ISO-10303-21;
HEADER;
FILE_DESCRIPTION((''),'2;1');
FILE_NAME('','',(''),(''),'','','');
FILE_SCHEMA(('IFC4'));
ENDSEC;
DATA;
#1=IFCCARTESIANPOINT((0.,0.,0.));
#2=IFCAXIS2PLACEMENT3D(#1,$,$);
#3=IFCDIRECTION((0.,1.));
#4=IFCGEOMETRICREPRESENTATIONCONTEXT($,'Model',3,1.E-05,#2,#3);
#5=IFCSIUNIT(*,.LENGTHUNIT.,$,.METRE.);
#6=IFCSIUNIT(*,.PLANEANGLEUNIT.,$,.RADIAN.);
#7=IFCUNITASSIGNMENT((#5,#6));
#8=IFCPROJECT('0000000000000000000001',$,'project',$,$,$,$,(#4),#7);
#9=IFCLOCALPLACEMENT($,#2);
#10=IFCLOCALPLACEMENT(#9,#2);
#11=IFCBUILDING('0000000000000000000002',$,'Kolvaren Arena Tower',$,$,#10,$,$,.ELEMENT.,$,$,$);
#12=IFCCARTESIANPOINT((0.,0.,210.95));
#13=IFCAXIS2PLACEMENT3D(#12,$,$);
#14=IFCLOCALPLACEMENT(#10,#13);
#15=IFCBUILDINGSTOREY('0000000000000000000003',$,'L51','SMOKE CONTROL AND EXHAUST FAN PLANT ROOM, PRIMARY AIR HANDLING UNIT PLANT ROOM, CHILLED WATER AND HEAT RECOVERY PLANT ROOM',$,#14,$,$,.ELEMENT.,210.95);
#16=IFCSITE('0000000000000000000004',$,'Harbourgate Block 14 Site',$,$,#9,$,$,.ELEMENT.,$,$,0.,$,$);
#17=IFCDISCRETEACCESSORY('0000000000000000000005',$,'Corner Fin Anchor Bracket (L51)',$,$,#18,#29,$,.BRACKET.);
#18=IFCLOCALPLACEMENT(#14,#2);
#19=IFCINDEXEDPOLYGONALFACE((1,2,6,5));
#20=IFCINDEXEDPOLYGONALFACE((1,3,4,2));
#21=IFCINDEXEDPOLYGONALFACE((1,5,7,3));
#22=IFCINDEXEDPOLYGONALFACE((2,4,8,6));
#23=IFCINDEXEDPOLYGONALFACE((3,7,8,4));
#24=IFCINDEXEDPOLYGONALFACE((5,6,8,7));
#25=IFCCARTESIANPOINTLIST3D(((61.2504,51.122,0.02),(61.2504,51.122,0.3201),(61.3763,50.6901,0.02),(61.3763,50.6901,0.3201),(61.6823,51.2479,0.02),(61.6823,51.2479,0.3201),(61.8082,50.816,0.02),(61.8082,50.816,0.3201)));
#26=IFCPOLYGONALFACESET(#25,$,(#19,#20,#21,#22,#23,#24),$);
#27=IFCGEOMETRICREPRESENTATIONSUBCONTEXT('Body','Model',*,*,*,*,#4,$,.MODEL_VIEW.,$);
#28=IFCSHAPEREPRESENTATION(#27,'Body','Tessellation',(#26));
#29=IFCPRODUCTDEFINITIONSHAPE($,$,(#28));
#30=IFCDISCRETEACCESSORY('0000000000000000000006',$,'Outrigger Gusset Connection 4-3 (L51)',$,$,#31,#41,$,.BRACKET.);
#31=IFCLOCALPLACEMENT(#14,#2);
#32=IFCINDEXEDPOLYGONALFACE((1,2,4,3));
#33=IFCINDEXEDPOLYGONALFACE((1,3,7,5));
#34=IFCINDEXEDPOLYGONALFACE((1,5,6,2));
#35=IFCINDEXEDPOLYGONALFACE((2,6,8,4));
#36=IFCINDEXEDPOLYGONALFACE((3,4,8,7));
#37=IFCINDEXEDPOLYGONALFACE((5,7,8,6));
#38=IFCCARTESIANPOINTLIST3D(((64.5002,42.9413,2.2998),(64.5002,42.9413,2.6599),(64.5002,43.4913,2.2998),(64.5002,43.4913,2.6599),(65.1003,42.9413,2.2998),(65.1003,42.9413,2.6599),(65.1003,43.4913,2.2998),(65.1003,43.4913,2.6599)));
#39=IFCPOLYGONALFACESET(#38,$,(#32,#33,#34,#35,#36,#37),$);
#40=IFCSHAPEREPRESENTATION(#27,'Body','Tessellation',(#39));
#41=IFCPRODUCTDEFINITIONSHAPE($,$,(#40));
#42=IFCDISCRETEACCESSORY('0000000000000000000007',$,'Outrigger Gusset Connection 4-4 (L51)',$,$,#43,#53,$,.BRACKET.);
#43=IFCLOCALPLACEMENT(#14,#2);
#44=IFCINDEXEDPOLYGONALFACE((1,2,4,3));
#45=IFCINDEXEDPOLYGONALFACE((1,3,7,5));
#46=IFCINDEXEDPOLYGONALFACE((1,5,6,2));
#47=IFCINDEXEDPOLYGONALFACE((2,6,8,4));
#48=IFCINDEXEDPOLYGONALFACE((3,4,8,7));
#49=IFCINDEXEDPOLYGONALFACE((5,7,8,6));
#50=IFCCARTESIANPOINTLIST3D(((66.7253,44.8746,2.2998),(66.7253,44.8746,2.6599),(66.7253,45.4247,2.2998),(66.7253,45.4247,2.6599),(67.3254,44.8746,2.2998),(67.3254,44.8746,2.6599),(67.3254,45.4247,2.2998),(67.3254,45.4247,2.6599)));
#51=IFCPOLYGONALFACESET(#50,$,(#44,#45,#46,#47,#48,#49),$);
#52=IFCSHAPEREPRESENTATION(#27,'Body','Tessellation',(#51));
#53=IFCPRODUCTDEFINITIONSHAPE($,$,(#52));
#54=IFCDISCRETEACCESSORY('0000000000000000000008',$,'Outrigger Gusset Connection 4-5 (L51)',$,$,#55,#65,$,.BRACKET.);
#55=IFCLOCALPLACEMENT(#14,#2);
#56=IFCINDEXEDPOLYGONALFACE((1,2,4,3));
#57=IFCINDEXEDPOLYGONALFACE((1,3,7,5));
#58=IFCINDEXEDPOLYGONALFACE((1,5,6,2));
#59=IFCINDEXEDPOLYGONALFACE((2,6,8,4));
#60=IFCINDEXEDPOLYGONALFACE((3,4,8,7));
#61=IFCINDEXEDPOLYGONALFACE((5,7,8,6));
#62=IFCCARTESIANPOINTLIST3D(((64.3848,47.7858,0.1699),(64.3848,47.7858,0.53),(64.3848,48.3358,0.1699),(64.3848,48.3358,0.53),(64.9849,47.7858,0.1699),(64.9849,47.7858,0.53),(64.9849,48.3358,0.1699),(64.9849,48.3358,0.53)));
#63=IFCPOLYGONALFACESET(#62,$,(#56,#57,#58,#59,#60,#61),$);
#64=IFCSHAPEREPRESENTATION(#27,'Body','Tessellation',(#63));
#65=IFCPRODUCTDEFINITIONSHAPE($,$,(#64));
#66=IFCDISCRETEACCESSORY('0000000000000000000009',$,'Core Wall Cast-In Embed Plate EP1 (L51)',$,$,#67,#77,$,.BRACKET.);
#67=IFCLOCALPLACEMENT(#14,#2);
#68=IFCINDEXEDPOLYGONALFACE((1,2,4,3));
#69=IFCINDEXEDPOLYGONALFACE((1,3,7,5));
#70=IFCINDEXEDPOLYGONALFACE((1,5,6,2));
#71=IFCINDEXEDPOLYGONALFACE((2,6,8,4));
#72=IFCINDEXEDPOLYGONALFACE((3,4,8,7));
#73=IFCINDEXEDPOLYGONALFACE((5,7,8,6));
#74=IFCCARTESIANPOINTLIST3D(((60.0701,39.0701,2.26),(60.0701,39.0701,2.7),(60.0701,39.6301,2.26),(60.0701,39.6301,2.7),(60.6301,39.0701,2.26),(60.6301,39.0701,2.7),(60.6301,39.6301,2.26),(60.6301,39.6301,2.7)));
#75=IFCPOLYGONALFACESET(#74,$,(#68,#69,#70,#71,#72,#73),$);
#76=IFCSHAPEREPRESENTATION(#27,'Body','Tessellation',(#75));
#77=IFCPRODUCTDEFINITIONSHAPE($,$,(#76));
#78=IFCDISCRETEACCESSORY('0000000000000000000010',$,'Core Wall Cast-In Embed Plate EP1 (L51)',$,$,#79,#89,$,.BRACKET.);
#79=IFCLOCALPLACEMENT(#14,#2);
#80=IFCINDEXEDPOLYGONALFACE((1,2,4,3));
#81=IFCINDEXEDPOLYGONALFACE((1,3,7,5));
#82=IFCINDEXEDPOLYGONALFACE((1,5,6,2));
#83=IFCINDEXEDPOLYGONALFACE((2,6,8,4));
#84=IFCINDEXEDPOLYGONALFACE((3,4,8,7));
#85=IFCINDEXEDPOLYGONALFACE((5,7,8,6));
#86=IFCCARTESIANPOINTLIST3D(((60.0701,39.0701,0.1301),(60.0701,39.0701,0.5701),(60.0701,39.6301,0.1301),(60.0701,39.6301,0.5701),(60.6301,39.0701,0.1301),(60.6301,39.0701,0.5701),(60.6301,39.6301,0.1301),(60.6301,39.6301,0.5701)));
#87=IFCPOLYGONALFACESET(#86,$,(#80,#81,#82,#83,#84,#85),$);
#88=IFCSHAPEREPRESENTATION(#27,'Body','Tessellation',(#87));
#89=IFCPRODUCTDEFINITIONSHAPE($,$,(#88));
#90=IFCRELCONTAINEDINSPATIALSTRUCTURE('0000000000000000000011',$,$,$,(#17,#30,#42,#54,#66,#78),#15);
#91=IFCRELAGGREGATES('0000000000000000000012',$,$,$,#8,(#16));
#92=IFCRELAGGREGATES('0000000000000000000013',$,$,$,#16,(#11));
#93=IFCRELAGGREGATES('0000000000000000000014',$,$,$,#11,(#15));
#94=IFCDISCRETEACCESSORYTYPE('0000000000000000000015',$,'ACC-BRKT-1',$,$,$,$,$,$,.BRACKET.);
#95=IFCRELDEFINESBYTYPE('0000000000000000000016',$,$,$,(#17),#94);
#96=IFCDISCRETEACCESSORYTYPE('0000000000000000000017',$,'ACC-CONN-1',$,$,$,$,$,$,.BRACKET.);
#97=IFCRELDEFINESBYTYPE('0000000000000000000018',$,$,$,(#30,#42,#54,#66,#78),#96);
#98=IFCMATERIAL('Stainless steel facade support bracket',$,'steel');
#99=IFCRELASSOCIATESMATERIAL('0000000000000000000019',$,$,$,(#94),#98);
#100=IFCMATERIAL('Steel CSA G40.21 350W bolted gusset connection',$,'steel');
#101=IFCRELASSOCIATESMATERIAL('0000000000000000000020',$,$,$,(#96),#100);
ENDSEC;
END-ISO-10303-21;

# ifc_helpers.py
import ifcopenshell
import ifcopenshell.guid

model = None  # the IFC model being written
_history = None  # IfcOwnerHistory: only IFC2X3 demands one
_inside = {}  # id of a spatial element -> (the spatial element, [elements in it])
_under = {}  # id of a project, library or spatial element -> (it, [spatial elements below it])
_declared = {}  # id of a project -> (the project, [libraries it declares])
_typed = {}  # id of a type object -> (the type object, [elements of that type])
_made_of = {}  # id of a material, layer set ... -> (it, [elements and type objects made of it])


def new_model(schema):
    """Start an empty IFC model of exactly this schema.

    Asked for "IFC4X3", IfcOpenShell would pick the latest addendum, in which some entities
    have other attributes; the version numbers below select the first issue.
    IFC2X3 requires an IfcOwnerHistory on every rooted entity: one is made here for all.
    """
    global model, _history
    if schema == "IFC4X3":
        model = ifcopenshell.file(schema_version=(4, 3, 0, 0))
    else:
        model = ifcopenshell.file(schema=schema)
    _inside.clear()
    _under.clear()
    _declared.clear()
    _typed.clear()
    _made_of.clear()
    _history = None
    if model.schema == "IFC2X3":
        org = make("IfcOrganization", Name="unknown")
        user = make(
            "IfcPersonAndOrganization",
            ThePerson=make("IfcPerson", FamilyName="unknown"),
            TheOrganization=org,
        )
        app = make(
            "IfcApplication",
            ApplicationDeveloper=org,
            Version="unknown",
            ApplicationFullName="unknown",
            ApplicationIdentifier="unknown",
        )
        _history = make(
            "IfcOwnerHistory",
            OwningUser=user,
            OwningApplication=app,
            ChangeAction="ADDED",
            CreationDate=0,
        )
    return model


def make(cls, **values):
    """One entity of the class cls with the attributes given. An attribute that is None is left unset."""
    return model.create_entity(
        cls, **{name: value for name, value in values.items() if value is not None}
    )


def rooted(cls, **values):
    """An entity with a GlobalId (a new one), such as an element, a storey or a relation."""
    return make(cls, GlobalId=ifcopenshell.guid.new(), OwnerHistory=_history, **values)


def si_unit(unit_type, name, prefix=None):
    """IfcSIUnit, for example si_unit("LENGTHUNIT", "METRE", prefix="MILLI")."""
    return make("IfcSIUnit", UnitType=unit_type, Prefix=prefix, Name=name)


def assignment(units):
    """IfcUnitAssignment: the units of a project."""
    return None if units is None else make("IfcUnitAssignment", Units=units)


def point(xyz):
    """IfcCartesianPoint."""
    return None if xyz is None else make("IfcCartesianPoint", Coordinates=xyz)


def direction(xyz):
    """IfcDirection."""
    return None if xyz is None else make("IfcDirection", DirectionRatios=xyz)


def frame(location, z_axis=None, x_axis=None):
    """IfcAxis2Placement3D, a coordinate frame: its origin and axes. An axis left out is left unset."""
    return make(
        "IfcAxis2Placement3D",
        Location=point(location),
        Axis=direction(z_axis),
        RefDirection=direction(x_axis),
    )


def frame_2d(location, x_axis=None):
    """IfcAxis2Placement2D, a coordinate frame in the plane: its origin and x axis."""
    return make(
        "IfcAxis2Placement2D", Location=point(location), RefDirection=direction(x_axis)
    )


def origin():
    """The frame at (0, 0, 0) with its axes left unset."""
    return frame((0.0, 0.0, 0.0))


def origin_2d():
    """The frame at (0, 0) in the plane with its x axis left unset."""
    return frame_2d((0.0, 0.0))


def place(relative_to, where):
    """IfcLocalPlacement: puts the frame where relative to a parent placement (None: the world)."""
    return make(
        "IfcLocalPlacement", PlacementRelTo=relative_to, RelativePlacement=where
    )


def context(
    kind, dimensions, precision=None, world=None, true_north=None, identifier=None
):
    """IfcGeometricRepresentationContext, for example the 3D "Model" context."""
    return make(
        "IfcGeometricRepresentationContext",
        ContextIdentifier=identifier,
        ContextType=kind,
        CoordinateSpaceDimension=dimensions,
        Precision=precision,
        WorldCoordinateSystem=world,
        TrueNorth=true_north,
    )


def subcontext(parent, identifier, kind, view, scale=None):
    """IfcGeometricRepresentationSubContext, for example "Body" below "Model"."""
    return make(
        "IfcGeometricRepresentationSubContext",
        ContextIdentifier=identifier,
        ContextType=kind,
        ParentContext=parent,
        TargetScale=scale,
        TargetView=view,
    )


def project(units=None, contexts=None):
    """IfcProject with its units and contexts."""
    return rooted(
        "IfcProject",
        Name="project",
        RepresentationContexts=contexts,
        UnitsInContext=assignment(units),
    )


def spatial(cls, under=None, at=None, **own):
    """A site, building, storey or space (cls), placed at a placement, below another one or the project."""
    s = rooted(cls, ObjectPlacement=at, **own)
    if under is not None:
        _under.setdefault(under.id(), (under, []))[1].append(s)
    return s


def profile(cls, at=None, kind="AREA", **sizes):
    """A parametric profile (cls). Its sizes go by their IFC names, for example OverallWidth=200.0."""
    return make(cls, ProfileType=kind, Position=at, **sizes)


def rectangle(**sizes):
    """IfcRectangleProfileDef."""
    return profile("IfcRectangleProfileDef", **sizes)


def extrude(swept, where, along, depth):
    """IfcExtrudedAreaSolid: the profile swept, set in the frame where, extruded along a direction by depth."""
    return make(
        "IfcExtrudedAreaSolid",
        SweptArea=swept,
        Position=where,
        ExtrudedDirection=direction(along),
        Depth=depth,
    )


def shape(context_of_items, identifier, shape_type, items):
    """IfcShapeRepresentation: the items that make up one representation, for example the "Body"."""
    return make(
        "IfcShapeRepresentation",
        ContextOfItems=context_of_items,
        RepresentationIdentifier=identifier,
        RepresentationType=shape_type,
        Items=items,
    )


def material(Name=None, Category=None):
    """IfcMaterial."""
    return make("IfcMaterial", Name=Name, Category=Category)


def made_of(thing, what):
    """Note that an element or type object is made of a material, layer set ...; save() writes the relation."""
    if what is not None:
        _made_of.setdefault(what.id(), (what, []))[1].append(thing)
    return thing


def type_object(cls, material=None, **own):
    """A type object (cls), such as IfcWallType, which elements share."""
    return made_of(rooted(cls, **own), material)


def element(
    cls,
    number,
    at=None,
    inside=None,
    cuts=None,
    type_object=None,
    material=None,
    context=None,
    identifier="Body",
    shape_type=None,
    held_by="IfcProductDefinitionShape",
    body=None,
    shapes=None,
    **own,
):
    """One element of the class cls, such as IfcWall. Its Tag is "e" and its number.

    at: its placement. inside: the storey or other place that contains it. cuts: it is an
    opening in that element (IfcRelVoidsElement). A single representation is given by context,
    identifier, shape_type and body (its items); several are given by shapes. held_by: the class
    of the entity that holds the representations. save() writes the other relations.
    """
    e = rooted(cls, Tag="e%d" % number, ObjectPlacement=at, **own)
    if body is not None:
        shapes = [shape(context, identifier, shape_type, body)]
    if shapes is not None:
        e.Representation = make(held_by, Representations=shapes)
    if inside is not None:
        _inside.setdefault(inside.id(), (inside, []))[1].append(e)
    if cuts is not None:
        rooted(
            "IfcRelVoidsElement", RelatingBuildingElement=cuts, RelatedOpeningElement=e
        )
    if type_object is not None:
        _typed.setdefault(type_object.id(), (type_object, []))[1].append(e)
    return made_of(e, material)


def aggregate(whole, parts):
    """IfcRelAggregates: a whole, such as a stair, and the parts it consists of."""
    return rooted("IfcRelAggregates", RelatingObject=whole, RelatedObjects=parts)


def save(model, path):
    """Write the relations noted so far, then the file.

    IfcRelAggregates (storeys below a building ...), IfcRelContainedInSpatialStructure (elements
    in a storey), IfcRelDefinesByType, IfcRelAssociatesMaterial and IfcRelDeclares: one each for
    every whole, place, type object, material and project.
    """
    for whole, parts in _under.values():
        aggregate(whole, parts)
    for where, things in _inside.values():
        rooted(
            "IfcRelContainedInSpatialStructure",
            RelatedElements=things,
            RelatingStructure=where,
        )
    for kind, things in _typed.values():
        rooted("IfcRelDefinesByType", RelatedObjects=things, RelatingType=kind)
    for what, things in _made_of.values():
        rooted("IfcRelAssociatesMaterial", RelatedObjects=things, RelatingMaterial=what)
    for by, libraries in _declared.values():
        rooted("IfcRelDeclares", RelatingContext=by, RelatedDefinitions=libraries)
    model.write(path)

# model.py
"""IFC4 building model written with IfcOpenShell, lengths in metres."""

from ifc_helpers import new_model, si_unit, direction, frame, origin, origin_2d, place, context, subcontext, project, spatial, rectangle, extrude, material, type_object, element, save


model = new_model("IFC4")

# Units and contexts
model_context = context("Model", 3, precision=1e-05, world=origin(), true_north=direction((0.0, 1.0)))
body_context = subcontext(model_context, "Body", "Model", "MODEL_VIEW")
ifc_project = project(units=[si_unit("LENGTHUNIT", "METRE"), si_unit("PLANEANGLEUNIT", "RADIAN")], contexts=[model_context])

# Site, building, storey
site_placement = place(None, origin())
site = spatial("IfcSite", under=ifc_project, at=site_placement, Name="Harbourgate Block 14 Site", CompositionType="ELEMENT", RefElevation=0.0)
building_placement = place(site_placement, origin())
building = spatial("IfcBuilding", under=site, at=building_placement, Name="Kolvaren Arena Tower", CompositionType="ELEMENT")
storey_placement = place(building_placement, frame((0.0, 0.0, 210.95)))
storey = spatial("IfcBuildingStorey", under=building, at=storey_placement, Name="L51", Description="SMOKE CONTROL AND EXHAUST FAN PLANT ROOM, PRIMARY AIR HANDLING UNIT PLANT ROOM, CHILLED WATER AND HEAT RECOVERY PLANT ROOM", CompositionType="ELEMENT", Elevation=210.95)

# Discrete accessories
ifc_material_1 = material(Name="Stainless steel facade support bracket", Category="steel")
discrete_accessory_type_1 = type_object("IfcDiscreteAccessoryType", Name="ACC-BRKT-1", PredefinedType="BRACKET", material=ifc_material_1)
for number, where, z_axis, x_axis, name in (
    (1, (61.5293, 50.969, 0.02), (0.0, 0.0, 1.0), (-0.279812, 0.960055, 0.0), "Corner Fin Anchor Bracket (L51)"),
):
    element("IfcDiscreteAccessory", number, at=place(storey_placement, frame(where, z_axis=z_axis, x_axis=x_axis)), inside=storey, type_object=discrete_accessory_type_1, Name=name, PredefinedType="BRACKET", context=body_context, shape_type="SweptSolid", body=[
        extrude(rectangle(XDim=0.45, YDim=0.45, at=origin_2d()), origin(), (0.0, 0.0, 1.0), 0.3),
    ])
ifc_material_2 = material(Name="Steel CSA G40.21 350W bolted gusset connection", Category="steel")
discrete_accessory_type_2 = type_object("IfcDiscreteAccessoryType", Name="ACC-CONN-1", PredefinedType="BRACKET", material=ifc_material_2)
for number, where, z_axis, x_axis, name in (
    (2, (64.8003, 43.2163, 2.2998), (0.0, 0.0, 1.0), (1.0, 0.0, 0.0), "Outrigger Gusset Connection 4-3 (L51)"),
    (3, (67.0254, 45.1497, 2.2998), (0.0, 0.0, 1.0), (1.0, 0.0, 0.0), "Outrigger Gusset Connection 4-4 (L51)"),
    (4, (64.6848, 48.0608, 0.1699), (0.0, 0.0, 1.0), (1.0, 0.0, 0.0), "Outrigger Gusset Connection 4-5 (L51)"),
):
    element("IfcDiscreteAccessory", number, at=place(storey_placement, frame(where, z_axis=z_axis, x_axis=x_axis)), inside=storey, type_object=discrete_accessory_type_2, Name=name, PredefinedType="BRACKET", context=body_context, shape_type="SweptSolid", body=[
        extrude(rectangle(XDim=0.6001, YDim=0.55, at=origin_2d()), origin(), (0.0, 0.0, 1.0), 0.3601),
    ])
for number, where, z_axis, x_axis, name in (
    (5, (60.3501, 39.3501, 2.26), (0.0, 0.0, 1.0), (1.0, 0.0, 0.0), "Core Wall Cast-In Embed Plate EP1 (L51)"),
    (6, (60.3501, 39.3501, 0.1301), (0.0, 0.0, 1.0), (1.0, 0.0, 0.0), "Core Wall Cast-In Embed Plate EP1 (L51)"),
):
    element("IfcDiscreteAccessory", number, at=place(storey_placement, frame(where, z_axis=z_axis, x_axis=x_axis)), inside=storey, type_object=discrete_accessory_type_2, Name=name, PredefinedType="BRACKET", context=body_context, shape_type="SweptSolid", body=[
        extrude(rectangle(XDim=0.5601, YDim=0.5601, at=origin_2d()), origin(), (0.0, 0.0, 1.0), 0.4399),
    ])

save(model, "model.ifc")
